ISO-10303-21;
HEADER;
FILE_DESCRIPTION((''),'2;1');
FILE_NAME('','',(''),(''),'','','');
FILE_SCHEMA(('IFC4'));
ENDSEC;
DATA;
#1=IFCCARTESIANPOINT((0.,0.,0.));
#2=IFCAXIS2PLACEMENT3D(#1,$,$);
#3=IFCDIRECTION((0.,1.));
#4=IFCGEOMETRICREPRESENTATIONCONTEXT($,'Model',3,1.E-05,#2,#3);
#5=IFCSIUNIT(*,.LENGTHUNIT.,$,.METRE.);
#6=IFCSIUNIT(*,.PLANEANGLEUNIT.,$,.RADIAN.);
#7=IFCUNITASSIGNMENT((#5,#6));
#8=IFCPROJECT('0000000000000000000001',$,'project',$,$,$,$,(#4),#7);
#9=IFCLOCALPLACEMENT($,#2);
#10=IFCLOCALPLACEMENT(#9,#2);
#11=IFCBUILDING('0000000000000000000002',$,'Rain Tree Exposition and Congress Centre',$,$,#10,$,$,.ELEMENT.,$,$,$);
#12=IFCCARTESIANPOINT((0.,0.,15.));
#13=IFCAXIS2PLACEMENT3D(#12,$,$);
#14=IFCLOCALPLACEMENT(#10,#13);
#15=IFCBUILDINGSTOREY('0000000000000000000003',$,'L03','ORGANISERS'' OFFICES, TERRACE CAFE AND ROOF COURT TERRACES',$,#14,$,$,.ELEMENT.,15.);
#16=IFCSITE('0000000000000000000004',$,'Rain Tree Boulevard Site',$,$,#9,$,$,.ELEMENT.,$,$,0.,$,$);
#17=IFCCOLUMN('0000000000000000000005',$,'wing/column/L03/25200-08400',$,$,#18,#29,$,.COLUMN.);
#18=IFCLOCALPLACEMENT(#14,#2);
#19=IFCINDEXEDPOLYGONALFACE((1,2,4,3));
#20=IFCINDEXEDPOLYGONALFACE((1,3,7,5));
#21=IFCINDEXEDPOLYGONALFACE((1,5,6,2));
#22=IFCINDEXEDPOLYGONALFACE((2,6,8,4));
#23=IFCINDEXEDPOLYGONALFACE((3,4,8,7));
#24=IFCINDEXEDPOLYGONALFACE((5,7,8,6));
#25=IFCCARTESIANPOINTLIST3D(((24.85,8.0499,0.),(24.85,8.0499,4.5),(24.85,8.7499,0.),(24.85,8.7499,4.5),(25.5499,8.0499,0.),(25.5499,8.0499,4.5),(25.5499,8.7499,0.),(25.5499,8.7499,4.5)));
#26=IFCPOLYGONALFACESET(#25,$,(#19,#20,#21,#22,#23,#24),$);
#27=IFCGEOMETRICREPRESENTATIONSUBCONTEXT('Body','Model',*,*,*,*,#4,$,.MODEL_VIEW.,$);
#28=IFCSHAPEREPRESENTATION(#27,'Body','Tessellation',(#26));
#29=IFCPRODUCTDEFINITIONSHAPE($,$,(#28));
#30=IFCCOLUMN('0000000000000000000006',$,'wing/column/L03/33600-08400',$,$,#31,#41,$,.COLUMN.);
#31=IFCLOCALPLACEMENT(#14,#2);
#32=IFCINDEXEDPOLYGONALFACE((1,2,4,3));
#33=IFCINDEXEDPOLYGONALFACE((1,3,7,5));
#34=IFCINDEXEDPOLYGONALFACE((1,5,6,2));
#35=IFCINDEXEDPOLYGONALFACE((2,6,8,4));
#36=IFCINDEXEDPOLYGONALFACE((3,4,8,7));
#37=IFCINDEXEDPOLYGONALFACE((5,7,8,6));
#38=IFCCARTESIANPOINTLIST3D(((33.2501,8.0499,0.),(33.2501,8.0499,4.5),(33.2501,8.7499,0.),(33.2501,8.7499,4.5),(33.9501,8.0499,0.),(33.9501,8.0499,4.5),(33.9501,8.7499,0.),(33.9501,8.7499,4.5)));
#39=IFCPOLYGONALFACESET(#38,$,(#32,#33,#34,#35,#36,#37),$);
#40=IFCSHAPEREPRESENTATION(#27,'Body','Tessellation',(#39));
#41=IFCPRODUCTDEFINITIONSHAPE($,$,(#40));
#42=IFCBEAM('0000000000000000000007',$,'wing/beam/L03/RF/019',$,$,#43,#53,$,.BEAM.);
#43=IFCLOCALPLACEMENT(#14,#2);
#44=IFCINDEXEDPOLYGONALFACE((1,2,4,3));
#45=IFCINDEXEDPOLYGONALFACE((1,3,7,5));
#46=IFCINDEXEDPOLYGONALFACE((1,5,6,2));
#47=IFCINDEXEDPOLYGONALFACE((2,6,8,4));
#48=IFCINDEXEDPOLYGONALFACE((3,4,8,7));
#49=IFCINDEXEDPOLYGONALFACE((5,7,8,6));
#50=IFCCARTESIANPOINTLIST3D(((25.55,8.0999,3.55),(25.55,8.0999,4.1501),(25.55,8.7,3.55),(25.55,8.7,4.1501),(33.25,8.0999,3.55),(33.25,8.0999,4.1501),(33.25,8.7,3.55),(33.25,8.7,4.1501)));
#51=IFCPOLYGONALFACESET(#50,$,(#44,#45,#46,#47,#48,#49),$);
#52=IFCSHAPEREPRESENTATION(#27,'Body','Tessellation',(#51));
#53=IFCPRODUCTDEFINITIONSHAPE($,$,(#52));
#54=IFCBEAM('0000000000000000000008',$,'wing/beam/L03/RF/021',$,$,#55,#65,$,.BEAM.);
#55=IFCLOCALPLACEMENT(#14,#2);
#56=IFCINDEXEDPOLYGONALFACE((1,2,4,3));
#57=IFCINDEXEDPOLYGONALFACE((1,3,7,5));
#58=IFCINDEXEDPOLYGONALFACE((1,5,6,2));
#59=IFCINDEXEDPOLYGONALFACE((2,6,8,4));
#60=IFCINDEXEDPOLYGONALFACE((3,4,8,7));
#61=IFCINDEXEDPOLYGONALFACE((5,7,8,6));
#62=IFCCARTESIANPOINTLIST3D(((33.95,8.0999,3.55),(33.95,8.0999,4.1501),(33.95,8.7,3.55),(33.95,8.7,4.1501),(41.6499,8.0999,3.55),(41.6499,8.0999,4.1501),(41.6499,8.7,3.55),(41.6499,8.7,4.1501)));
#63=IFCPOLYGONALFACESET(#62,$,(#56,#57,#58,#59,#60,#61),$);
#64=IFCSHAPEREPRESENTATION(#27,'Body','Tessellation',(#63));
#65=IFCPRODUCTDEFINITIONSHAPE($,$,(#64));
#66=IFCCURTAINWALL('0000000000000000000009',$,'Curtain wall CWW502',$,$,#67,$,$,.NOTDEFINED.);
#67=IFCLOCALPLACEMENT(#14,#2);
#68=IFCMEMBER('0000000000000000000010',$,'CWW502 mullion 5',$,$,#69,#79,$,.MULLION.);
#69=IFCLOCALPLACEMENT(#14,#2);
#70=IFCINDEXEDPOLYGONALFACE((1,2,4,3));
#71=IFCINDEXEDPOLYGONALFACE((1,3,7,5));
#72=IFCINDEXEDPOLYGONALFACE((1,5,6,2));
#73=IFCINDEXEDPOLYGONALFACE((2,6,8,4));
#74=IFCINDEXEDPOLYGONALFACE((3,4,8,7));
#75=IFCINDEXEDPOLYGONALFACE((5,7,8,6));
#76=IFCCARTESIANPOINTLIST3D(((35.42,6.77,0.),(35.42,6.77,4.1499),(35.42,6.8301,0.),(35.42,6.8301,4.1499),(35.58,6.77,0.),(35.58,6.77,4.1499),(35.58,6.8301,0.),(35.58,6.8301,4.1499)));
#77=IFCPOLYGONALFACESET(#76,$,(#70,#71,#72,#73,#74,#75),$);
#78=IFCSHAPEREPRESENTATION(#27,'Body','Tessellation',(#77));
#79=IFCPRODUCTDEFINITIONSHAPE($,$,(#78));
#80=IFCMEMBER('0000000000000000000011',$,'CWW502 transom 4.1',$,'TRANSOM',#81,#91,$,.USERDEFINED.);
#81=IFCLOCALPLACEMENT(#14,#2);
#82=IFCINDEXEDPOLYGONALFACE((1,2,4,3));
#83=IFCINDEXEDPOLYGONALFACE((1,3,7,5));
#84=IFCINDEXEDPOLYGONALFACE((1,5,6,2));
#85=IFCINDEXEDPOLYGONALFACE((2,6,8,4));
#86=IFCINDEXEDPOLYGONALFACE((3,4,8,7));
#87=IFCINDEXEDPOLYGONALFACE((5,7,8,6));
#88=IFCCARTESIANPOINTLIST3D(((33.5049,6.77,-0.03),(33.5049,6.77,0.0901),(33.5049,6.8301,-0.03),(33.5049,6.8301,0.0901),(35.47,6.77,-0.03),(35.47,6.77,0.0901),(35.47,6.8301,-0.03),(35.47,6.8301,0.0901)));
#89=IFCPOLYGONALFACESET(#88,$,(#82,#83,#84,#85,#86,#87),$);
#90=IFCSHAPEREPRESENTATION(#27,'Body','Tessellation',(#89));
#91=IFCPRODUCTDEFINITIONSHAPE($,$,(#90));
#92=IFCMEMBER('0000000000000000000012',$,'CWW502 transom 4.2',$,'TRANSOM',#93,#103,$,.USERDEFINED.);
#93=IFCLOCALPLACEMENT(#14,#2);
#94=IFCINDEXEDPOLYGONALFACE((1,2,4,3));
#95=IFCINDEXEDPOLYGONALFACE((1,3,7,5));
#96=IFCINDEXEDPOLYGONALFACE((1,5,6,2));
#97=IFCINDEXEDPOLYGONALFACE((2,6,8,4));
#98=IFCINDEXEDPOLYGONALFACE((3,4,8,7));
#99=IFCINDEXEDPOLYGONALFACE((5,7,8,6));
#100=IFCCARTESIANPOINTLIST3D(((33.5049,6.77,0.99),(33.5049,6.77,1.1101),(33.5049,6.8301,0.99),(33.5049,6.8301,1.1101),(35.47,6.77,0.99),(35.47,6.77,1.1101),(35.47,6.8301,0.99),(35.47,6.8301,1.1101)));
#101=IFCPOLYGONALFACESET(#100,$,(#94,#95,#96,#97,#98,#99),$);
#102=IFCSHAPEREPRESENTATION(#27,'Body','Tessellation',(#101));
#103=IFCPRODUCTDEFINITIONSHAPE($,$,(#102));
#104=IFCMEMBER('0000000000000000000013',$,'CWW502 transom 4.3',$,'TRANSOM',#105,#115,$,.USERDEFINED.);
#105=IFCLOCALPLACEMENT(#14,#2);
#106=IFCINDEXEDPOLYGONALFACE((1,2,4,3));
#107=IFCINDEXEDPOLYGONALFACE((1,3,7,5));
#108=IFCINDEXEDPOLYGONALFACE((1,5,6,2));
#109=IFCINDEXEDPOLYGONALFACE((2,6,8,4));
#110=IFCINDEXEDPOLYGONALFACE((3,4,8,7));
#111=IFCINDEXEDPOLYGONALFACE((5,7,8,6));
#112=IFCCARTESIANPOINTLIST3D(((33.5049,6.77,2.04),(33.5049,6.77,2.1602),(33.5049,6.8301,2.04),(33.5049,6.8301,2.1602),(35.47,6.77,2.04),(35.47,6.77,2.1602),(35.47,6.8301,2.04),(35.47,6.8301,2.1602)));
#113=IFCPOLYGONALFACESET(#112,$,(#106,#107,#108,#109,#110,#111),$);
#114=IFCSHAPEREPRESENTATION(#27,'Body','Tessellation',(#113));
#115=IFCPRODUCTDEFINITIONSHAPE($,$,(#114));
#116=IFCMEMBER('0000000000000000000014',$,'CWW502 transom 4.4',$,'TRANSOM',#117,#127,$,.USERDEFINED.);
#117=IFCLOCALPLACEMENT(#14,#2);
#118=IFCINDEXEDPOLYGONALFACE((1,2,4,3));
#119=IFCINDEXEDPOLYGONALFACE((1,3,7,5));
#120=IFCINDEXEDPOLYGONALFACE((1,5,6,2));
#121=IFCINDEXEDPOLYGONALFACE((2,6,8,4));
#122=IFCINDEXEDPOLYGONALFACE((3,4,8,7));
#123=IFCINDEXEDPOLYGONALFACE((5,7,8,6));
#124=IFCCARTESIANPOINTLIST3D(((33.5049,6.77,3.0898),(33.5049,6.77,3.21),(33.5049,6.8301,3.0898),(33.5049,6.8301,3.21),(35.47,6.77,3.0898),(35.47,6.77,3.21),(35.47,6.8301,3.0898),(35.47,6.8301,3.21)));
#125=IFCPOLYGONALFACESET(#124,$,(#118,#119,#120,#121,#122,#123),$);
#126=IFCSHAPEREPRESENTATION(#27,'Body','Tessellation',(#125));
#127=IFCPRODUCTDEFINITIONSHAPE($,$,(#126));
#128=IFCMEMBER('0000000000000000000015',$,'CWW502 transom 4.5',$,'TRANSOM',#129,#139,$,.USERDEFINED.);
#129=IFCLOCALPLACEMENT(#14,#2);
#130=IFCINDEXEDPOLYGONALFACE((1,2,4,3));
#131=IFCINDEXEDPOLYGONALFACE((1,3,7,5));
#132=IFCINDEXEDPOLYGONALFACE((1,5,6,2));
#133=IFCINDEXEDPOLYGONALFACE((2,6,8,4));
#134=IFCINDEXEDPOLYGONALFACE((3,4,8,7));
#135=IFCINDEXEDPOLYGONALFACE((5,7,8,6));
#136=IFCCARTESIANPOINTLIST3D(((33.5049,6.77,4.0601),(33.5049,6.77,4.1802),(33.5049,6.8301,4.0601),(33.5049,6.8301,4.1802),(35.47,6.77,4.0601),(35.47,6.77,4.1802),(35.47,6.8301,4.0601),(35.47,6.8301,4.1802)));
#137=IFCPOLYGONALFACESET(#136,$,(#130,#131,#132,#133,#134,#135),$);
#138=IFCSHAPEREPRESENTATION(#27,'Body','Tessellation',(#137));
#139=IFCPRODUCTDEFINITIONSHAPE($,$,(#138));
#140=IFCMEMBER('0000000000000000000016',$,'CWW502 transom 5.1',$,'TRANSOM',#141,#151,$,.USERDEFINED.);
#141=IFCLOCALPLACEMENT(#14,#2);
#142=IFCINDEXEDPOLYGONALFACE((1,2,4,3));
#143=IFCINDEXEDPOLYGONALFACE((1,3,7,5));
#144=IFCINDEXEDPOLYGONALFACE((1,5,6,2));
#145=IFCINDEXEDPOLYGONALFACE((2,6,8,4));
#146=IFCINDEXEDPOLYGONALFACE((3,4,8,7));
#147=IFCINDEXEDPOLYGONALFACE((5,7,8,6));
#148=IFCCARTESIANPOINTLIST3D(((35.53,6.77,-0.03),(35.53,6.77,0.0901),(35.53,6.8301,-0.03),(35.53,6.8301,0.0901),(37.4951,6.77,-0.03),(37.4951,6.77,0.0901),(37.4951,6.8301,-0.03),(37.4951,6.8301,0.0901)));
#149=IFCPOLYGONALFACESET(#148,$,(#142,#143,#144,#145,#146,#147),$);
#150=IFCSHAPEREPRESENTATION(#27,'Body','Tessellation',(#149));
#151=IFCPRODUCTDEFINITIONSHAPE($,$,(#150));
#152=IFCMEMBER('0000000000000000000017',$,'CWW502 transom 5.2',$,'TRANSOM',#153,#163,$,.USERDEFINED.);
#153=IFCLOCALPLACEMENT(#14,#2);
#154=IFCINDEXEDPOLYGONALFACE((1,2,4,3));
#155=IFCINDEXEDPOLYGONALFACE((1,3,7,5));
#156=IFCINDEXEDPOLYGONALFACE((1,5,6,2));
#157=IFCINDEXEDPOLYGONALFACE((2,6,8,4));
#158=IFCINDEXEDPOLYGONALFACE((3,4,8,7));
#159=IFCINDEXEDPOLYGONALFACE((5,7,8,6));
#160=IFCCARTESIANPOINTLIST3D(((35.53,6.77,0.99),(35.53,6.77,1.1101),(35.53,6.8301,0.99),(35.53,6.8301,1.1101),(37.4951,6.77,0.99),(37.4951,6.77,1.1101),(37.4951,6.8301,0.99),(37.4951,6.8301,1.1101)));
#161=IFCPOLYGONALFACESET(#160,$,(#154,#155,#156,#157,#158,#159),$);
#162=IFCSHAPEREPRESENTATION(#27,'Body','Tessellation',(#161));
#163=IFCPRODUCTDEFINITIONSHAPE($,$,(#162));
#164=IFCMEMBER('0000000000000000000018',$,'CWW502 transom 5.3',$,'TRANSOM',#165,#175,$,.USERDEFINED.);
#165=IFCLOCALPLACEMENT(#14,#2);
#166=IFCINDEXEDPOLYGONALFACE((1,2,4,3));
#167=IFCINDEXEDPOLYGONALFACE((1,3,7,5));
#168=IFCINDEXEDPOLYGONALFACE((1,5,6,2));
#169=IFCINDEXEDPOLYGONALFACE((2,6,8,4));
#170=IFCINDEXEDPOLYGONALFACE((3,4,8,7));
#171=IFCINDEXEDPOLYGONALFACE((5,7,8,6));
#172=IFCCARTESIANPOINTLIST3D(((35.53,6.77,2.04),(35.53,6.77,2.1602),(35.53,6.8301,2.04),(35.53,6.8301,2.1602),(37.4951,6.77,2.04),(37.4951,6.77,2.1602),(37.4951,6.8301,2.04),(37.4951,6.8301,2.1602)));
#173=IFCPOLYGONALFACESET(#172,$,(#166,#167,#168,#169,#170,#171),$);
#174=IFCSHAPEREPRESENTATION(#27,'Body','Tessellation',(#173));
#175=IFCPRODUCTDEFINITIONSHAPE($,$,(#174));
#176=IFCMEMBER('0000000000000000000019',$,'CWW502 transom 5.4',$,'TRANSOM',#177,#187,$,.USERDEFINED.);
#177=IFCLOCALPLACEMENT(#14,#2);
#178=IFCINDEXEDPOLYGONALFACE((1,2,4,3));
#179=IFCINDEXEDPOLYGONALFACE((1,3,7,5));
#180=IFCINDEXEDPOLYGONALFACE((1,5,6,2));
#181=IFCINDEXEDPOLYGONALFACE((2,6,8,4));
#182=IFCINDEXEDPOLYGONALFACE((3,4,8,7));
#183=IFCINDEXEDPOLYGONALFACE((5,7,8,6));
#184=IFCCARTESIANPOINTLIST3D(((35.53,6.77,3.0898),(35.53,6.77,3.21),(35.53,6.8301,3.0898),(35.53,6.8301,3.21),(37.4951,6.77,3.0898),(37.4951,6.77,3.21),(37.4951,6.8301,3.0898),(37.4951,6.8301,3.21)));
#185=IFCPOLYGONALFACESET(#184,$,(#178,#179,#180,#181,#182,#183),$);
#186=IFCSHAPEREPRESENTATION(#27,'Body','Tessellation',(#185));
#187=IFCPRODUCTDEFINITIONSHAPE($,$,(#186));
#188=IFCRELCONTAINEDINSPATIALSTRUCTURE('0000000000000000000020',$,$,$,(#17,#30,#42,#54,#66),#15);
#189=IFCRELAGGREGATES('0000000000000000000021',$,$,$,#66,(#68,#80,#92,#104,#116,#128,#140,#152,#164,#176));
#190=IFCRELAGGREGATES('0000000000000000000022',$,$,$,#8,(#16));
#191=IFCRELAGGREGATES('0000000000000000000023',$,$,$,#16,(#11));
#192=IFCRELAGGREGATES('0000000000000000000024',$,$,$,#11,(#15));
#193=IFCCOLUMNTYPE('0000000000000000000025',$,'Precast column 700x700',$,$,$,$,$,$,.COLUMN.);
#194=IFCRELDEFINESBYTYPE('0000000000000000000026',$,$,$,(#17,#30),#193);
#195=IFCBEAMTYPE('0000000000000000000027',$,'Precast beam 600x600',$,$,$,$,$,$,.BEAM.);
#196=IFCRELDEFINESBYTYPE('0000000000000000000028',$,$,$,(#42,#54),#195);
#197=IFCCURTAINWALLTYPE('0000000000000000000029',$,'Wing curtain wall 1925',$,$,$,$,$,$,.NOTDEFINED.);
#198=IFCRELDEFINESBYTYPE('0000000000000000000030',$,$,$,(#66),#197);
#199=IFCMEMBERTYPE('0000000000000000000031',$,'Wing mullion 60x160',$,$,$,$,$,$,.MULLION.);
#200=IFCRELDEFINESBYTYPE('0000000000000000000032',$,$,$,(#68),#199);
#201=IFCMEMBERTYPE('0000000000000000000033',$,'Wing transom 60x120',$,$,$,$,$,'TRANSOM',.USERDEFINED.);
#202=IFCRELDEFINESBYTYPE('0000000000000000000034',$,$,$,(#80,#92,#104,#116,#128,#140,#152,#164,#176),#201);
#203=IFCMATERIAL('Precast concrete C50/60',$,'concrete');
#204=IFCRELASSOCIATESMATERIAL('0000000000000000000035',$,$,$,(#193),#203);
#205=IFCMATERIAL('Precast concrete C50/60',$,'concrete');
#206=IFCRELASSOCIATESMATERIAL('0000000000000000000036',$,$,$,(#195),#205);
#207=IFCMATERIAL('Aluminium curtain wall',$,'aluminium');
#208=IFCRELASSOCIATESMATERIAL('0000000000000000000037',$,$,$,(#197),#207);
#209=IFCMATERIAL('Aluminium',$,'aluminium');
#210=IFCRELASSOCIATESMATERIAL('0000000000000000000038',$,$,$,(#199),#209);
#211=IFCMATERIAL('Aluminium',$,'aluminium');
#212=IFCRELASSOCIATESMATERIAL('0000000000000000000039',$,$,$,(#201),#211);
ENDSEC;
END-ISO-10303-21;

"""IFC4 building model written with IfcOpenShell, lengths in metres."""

from ifc_helpers import new_model, si_unit, direction, frame, origin, origin_2d, place, context, subcontext, project, spatial, rectangle, extrude, material, material_profile, profile_set, type_object, element, aggregate, save


model = new_model("IFC4")

# Units and contexts
model_context = context("Model", 3, precision=1e-05, world=origin(), true_north=direction((0.0, 1.0)))
body_context = subcontext(model_context, "Body", "Model", "MODEL_VIEW")
ifc_project = project(units=[si_unit("LENGTHUNIT", "METRE"), si_unit("PLANEANGLEUNIT", "RADIAN")], contexts=[model_context])

# Site, building, storey
site_placement = place(None, origin())
site = spatial("IfcSite", under=ifc_project, at=site_placement, Name="Rain Tree Boulevard Site", CompositionType="ELEMENT", RefElevation=0.0)
building_placement = place(site_placement, origin())
building = spatial("IfcBuilding", under=site, at=building_placement, Name="Rain Tree Exposition and Congress Centre", CompositionType="ELEMENT")
storey_placement = place(building_placement, frame((0.0, 0.0, 15.0)))
storey = spatial("IfcBuildingStorey", under=building, at=storey_placement, Name="L03", Description="ORGANISERS' OFFICES, TERRACE CAFE AND ROOF COURT TERRACES", CompositionType="ELEMENT", Elevation=15.0)

# Columns
ifc_material_1 = material(Name="Precast concrete C50/60", Category="concrete")
ifc_material_profile_1 = material_profile(ifc_material_1, rectangle(XDim=0.7, YDim=0.7, at=origin_2d()), Name="RC 700x700")
ifc_profile_set_1 = profile_set([ifc_material_profile_1], Name="Precast concrete C50/60")
column_type = type_object("IfcColumnType", Name="Precast column 700x700", PredefinedType="COLUMN", material=ifc_profile_set_1)
for number, where, z_axis, x_axis, name in (
    (1, (25.2, 8.3999, 0.0), (0.0, 0.0, 1.0), (1.0, 0.0, 0.0), "wing/column/L03/25200-08400"),
    (2, (33.6001, 8.3999, 0.0), (0.0, 0.0, 1.0), (1.0, 0.0, 0.0), "wing/column/L03/33600-08400"),
):
    element("IfcColumn", number, at=place(storey_placement, frame(where, z_axis=z_axis, x_axis=x_axis)), inside=storey, type_object=column_type, Name=name, PredefinedType="COLUMN", context=body_context, shape_type="SweptSolid", body=[
        extrude(rectangle(XDim=0.7, YDim=0.7, at=origin_2d()), origin(), (0.0, 0.0, 1.0), 4.5),
    ])

# Beams
ifc_material_2 = material(Name="Precast concrete C50/60", Category="concrete")
ifc_material_profile_2 = material_profile(ifc_material_2, rectangle(XDim=0.6001, YDim=0.6001, at=origin_2d()), Name="RC 600x600")
ifc_profile_set_2 = profile_set([ifc_material_profile_2], Name="Precast concrete C50/60")
beam_type = type_object("IfcBeamType", Name="Precast beam 600x600", PredefinedType="BEAM", material=ifc_profile_set_2)
for number, where, z_axis, x_axis, name in (
    (3, (25.55, 8.3999, 3.8501), (1.0, 0.0, 0.0), (0.0, 1.0, 0.0), "wing/beam/L03/RF/019"),
    (4, (33.95, 8.3999, 3.8501), (1.0, 0.0, 0.0), (0.0, 1.0, 0.0), "wing/beam/L03/RF/021"),
):
    element("IfcBeam", number, at=place(storey_placement, frame(where, z_axis=z_axis, x_axis=x_axis)), inside=storey, type_object=beam_type, Name=name, PredefinedType="BEAM", context=body_context, shape_type="SweptSolid", body=[
        extrude(rectangle(XDim=0.6001, YDim=0.6001, at=origin_2d()), origin(), (0.0, 0.0, 1.0), 7.7),
    ])

# Curtain wall, members
ifc_material_3 = material(Name="Aluminium curtain wall", Category="aluminium")
curtain_wall_type = type_object("IfcCurtainWallType", Name="Wing curtain wall 1925", PredefinedType="NOTDEFINED", material=ifc_material_3)
curtain_wall_placement = place(storey_placement, origin())
curtain_wall = element("IfcCurtainWall", 5, at=curtain_wall_placement, inside=storey, type_object=curtain_wall_type, Name="Curtain wall CWW502", PredefinedType="NOTDEFINED")
ifc_material_4 = material(Name="Aluminium", Category="aluminium")
ifc_material_profile_3 = material_profile(ifc_material_4, rectangle(XDim=0.0601, YDim=0.1599, at=origin_2d()), Name="Aluminium 60x160")
ifc_profile_set_3 = profile_set([ifc_material_profile_3], Name="Aluminium")
member_type_1 = type_object("IfcMemberType", Name="Wing mullion 60x160", PredefinedType="MULLION", material=ifc_profile_set_3)
member_1_placement = place(storey_placement, frame((35.5, 6.8, 0.0), z_axis=(0.0, 0.0, 1.0), x_axis=(0.0, 1.0, 0.0)))
member_1 = element("IfcMember", 6, at=member_1_placement, type_object=member_type_1, Name="CWW502 mullion 5", PredefinedType="MULLION", context=body_context, shape_type="SweptSolid", body=[
    extrude(rectangle(XDim=0.0601, YDim=0.1599, at=origin_2d()), origin(), (0.0, 0.0, 1.0), 4.1499),
])
ifc_material_5 = material(Name="Aluminium", Category="aluminium")
ifc_material_profile_4 = material_profile(ifc_material_5, rectangle(XDim=0.0601, YDim=0.1201, at=origin_2d()), Name="Aluminium 60x120")
ifc_profile_set_4 = profile_set([ifc_material_profile_4], Name="Aluminium")
member_type_2 = type_object("IfcMemberType", Name="Wing transom 60x120", ElementType="TRANSOM", PredefinedType="USERDEFINED", material=ifc_profile_set_4)
member_2_placement = place(storey_placement, frame((33.5049, 6.8, 0.03), z_axis=(1.0, 0.0, 0.0), x_axis=(0.0, 1.0, 0.0)))
member_2 = element("IfcMember", 7, at=member_2_placement, type_object=member_type_2, Name="CWW502 transom 4.1", ObjectType="TRANSOM", PredefinedType="USERDEFINED", context=body_context, shape_type="SweptSolid", body=[
    extrude(rectangle(XDim=0.0601, YDim=0.1201, at=origin_2d()), origin(), (0.0, 0.0, 1.0), 1.9651),
])
member_3_placement = place(storey_placement, frame((33.5049, 6.8, 1.05), z_axis=(1.0, 0.0, 0.0), x_axis=(0.0, 1.0, 0.0)))
member_3 = element("IfcMember", 8, at=member_3_placement, type_object=member_type_2, Name="CWW502 transom 4.2", ObjectType="TRANSOM", PredefinedType="USERDEFINED", context=body_context, shape_type="SweptSolid", body=[
    extrude(rectangle(XDim=0.0601, YDim=0.1201, at=origin_2d()), origin(), (0.0, 0.0, 1.0), 1.9651),
])
member_4_placement = place(storey_placement, frame((33.5049, 6.8, 2.1001), z_axis=(1.0, 0.0, 0.0), x_axis=(0.0, 1.0, 0.0)))
member_4 = element("IfcMember", 9, at=member_4_placement, type_object=member_type_2, Name="CWW502 transom 4.3", ObjectType="TRANSOM", PredefinedType="USERDEFINED", context=body_context, shape_type="SweptSolid", body=[
    extrude(rectangle(XDim=0.0601, YDim=0.1201, at=origin_2d()), origin(), (0.0, 0.0, 1.0), 1.9651),
])
member_5_placement = place(storey_placement, frame((33.5049, 6.8, 3.1499), z_axis=(1.0, 0.0, 0.0), x_axis=(0.0, 1.0, 0.0)))
member_5 = element("IfcMember", 10, at=member_5_placement, type_object=member_type_2, Name="CWW502 transom 4.4", ObjectType="TRANSOM", PredefinedType="USERDEFINED", context=body_context, shape_type="SweptSolid", body=[
    extrude(rectangle(XDim=0.0601, YDim=0.1201, at=origin_2d()), origin(), (0.0, 0.0, 1.0), 1.9651),
])
member_6_placement = place(storey_placement, frame((33.5049, 6.8, 4.1201), z_axis=(1.0, 0.0, 0.0), x_axis=(0.0, 1.0, 0.0)))
member_6 = element("IfcMember", 11, at=member_6_placement, type_object=member_type_2, Name="CWW502 transom 4.5", ObjectType="TRANSOM", PredefinedType="USERDEFINED", context=body_context, shape_type="SweptSolid", body=[
    extrude(rectangle(XDim=0.0601, YDim=0.1201, at=origin_2d()), origin(), (0.0, 0.0, 1.0), 1.9651),
])
member_7_placement = place(storey_placement, frame((35.53, 6.8, 0.03), z_axis=(1.0, 0.0, 0.0), x_axis=(0.0, 1.0, 0.0)))
member_7 = element("IfcMember", 12, at=member_7_placement, type_object=member_type_2, Name="CWW502 transom 5.1", ObjectType="TRANSOM", PredefinedType="USERDEFINED", context=body_context, shape_type="SweptSolid", body=[
    extrude(rectangle(XDim=0.0601, YDim=0.1201, at=origin_2d()), origin(), (0.0, 0.0, 1.0), 1.9651),
])
member_8_placement = place(storey_placement, frame((35.53, 6.8, 1.05), z_axis=(1.0, 0.0, 0.0), x_axis=(0.0, 1.0, 0.0)))
member_8 = element("IfcMember", 13, at=member_8_placement, type_object=member_type_2, Name="CWW502 transom 5.2", ObjectType="TRANSOM", PredefinedType="USERDEFINED", context=body_context, shape_type="SweptSolid", body=[
    extrude(rectangle(XDim=0.0601, YDim=0.1201, at=origin_2d()), origin(), (0.0, 0.0, 1.0), 1.9651),
])
member_9_placement = place(storey_placement, frame((35.53, 6.8, 2.1001), z_axis=(1.0, 0.0, 0.0), x_axis=(0.0, 1.0, 0.0)))
member_9 = element("IfcMember", 14, at=member_9_placement, type_object=member_type_2, Name="CWW502 transom 5.3", ObjectType="TRANSOM", PredefinedType="USERDEFINED", context=body_context, shape_type="SweptSolid", body=[
    extrude(rectangle(XDim=0.0601, YDim=0.1201, at=origin_2d()), origin(), (0.0, 0.0, 1.0), 1.9651),
])
member_10_placement = place(storey_placement, frame((35.53, 6.8, 3.1499), z_axis=(1.0, 0.0, 0.0), x_axis=(0.0, 1.0, 0.0)))
member_10 = element("IfcMember", 15, at=member_10_placement, type_object=member_type_2, Name="CWW502 transom 5.4", ObjectType="TRANSOM", PredefinedType="USERDEFINED", context=body_context, shape_type="SweptSolid", body=[
    extrude(rectangle(XDim=0.0601, YDim=0.1201, at=origin_2d()), origin(), (0.0, 0.0, 1.0), 1.9651),
])
aggregate(curtain_wall, [member_1, member_2, member_3, member_4, member_5, member_6, member_7, member_8, member_9, member_10])

save(model, "model.ifc")
